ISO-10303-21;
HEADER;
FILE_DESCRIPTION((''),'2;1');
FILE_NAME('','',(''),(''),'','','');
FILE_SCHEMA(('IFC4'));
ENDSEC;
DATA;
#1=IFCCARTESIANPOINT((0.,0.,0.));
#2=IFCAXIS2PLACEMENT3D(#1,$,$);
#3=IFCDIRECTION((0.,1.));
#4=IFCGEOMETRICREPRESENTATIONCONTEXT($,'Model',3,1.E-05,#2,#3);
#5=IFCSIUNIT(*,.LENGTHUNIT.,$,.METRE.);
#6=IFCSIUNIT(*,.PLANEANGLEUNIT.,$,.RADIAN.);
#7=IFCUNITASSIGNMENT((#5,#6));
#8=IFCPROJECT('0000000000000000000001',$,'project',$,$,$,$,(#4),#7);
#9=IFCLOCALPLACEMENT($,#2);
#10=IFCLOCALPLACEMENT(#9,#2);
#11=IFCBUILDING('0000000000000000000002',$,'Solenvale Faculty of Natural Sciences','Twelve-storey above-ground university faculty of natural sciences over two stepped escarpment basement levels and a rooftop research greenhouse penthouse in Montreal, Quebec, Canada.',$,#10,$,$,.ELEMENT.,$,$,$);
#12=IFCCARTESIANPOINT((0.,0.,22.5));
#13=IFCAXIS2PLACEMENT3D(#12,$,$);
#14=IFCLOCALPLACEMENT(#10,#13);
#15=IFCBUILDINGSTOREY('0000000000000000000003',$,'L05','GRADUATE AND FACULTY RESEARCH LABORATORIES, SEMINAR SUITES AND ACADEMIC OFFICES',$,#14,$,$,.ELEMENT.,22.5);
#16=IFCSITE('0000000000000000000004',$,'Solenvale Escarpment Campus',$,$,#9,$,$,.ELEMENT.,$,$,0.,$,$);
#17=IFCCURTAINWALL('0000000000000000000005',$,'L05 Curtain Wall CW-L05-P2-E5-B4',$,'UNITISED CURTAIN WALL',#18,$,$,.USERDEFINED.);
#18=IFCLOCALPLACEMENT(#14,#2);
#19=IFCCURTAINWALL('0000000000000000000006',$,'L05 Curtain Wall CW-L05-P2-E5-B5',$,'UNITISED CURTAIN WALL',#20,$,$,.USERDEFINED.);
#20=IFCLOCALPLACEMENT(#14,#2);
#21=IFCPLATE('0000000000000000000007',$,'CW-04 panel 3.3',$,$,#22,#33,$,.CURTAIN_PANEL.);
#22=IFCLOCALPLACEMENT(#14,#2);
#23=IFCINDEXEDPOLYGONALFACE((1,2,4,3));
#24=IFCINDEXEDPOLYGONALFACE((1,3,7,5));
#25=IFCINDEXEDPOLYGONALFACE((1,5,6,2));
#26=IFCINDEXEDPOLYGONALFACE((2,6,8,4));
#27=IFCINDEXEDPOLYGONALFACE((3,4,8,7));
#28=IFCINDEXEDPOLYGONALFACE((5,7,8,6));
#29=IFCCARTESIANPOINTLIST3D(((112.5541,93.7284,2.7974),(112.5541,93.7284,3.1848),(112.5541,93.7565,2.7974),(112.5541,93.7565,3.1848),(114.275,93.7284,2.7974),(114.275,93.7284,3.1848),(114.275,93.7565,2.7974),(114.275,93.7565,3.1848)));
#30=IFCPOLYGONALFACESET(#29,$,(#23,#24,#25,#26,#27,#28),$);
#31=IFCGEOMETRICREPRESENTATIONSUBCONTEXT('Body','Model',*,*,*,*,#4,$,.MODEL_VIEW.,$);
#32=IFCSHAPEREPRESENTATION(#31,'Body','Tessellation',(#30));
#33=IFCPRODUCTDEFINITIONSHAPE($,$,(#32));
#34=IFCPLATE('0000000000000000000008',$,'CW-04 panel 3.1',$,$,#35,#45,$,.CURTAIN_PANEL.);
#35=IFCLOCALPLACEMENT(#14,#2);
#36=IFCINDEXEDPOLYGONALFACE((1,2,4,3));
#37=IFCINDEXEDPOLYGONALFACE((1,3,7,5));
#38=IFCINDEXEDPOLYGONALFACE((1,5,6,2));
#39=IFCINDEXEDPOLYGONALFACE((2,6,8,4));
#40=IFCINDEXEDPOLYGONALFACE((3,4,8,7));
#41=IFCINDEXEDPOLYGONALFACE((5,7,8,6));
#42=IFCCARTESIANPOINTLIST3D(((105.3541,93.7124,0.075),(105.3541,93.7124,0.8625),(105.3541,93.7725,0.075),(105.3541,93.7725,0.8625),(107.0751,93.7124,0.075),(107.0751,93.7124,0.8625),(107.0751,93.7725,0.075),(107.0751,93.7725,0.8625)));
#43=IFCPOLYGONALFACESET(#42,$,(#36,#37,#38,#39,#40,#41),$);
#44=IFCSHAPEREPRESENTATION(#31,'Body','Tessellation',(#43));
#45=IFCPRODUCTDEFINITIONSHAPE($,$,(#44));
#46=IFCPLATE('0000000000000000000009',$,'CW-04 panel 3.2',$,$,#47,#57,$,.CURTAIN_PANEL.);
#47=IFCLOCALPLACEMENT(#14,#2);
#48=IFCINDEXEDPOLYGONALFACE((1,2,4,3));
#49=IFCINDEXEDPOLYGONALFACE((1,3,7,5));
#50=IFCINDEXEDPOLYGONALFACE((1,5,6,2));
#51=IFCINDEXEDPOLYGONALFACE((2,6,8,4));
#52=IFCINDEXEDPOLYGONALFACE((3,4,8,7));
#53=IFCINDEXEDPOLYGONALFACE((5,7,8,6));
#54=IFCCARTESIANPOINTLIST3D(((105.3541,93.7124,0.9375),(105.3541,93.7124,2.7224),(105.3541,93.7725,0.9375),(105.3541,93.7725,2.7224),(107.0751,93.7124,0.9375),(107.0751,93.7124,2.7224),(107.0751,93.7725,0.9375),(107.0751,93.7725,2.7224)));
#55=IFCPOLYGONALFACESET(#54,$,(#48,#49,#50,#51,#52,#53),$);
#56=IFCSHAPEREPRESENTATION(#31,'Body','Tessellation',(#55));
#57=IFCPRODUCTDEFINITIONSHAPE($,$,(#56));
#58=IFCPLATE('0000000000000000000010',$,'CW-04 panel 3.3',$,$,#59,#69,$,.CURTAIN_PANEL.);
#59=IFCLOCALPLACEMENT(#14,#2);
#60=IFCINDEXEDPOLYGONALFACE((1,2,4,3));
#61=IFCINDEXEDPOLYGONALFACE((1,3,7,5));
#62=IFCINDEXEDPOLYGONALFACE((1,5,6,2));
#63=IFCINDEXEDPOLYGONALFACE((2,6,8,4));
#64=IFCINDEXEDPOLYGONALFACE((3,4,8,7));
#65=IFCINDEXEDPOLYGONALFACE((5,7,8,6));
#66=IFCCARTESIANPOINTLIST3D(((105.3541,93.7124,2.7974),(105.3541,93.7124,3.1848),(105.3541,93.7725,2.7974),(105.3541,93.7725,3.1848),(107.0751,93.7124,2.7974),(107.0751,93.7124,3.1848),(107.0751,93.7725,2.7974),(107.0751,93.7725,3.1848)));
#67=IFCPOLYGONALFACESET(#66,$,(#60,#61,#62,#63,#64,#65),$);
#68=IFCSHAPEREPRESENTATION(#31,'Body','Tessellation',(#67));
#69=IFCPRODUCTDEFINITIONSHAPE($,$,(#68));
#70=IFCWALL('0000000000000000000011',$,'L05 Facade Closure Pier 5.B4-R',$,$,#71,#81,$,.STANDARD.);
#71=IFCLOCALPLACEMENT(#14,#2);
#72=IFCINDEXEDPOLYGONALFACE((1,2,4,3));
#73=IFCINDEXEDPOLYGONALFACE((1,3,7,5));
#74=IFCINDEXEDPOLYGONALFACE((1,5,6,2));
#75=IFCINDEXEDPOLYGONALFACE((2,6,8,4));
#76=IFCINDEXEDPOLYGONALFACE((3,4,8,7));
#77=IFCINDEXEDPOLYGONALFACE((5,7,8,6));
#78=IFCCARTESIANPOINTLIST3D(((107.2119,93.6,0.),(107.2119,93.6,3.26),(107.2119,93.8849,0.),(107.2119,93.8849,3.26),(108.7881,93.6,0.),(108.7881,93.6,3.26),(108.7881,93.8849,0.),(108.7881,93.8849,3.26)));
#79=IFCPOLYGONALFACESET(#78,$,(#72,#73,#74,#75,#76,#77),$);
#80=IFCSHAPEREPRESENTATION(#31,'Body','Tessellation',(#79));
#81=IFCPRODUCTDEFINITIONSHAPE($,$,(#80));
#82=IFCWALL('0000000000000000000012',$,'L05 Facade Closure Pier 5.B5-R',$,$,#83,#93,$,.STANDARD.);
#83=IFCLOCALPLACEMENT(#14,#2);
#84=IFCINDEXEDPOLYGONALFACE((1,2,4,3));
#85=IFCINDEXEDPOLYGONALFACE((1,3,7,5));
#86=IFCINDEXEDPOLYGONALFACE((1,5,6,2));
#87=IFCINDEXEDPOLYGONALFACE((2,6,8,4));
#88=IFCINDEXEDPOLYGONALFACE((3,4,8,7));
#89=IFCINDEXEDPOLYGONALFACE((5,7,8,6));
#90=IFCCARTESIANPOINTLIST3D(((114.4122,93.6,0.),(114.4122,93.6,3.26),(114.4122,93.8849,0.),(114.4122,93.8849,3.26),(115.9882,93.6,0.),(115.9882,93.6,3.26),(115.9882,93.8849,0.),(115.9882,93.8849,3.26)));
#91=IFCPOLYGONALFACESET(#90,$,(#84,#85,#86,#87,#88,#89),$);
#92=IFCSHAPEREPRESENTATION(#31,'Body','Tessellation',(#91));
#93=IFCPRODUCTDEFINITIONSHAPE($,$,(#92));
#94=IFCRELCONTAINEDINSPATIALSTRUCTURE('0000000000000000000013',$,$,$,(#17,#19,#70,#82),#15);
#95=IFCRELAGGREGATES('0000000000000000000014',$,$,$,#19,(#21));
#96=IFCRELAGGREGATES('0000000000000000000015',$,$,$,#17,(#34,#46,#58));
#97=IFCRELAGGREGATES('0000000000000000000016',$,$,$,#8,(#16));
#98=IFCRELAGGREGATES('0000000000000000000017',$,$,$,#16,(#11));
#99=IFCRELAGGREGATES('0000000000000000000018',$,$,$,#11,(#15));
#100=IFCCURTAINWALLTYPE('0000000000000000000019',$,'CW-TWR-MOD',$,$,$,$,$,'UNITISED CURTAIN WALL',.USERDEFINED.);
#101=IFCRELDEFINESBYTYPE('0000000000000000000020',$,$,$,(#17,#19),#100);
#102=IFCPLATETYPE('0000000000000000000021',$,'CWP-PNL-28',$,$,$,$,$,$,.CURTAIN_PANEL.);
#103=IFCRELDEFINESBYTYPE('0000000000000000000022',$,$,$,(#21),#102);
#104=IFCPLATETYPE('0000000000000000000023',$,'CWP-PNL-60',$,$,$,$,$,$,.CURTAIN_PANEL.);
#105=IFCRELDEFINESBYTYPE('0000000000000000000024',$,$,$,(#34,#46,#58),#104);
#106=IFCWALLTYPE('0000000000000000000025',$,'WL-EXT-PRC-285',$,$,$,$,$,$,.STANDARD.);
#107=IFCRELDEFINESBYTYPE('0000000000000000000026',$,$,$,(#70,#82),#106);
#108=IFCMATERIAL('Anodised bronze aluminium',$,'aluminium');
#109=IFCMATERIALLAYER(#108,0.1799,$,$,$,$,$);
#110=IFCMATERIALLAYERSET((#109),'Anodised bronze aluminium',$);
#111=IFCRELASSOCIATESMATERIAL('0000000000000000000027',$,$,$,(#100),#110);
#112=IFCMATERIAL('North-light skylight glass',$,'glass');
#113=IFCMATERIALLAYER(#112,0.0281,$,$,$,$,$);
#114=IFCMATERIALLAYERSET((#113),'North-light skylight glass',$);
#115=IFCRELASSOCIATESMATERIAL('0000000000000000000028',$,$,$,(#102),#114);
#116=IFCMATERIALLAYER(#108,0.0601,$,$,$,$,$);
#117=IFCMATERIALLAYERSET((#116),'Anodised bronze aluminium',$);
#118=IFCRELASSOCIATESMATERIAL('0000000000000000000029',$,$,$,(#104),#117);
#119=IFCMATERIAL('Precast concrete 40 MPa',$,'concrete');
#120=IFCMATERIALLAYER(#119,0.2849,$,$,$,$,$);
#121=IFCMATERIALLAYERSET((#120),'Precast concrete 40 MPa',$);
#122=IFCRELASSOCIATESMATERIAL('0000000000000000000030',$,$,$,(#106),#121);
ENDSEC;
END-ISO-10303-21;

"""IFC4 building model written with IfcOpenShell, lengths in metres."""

from ifc_helpers import new_model, si_unit, direction, frame, frame_2d, origin, origin_2d, place, context, subcontext, project, spatial, rectangle, extrude, material, layer, layer_set, type_object, element, aggregate, save


model = new_model("IFC4")

# Units and contexts
model_context = context("Model", 3, precision=1e-05, world=origin(), true_north=direction((0.0, 1.0)))
body_context = subcontext(model_context, "Body", "Model", "MODEL_VIEW")
ifc_project = project(units=[si_unit("LENGTHUNIT", "METRE"), si_unit("PLANEANGLEUNIT", "RADIAN")], contexts=[model_context])

# Site, building, storey
site_placement = place(None, origin())
site = spatial("IfcSite", under=ifc_project, at=site_placement, Name="Solenvale Escarpment Campus", CompositionType="ELEMENT", RefElevation=0.0)
building_placement = place(site_placement, origin())
building = spatial("IfcBuilding", under=site, at=building_placement, Name="Solenvale Faculty of Natural Sciences", Description="Twelve-storey above-ground university faculty of natural sciences over two stepped escarpment basement levels and a rooftop research greenhouse penthouse in Montreal, Quebec, Canada.", CompositionType="ELEMENT")
storey_placement = place(building_placement, frame((0.0, 0.0, 22.5)))
storey = spatial("IfcBuildingStorey", under=building, at=storey_placement, Name="L05", Description="GRADUATE AND FACULTY RESEARCH LABORATORIES, SEMINAR SUITES AND ACADEMIC OFFICES", CompositionType="ELEMENT", Elevation=22.5)

# Curtain wall
ifc_material_1 = material(Name="Anodised bronze aluminium", Category="aluminium")
ifc_layer_1 = layer(ifc_material_1, 0.1799)
ifc_layer_set_1 = layer_set([ifc_layer_1], Name="Anodised bronze aluminium")
curtain_wall_type = type_object("IfcCurtainWallType", Name="CW-TWR-MOD", ElementType="UNITISED CURTAIN WALL", PredefinedType="USERDEFINED", material=ifc_layer_set_1)
curtain_wall_1_placement = place(storey_placement, origin())
curtain_wall_1 = element("IfcCurtainWall", 1, at=curtain_wall_1_placement, inside=storey, type_object=curtain_wall_type, Name="L05 Curtain Wall CW-L05-P2-E5-B4", ObjectType="UNITISED CURTAIN WALL", PredefinedType="USERDEFINED")

# Curtain wall
curtain_wall_2_placement = place(storey_placement, origin())
curtain_wall_2 = element("IfcCurtainWall", 2, at=curtain_wall_2_placement, inside=storey, type_object=curtain_wall_type, Name="L05 Curtain Wall CW-L05-P2-E5-B5", ObjectType="UNITISED CURTAIN WALL", PredefinedType="USERDEFINED")

# Plates
ifc_material_2 = material(Name="North-light skylight glass", Category="glass")
ifc_layer_2 = layer(ifc_material_2, 0.0281)
ifc_layer_set_2 = layer_set([ifc_layer_2], Name="North-light skylight glass")
plate_type_1 = type_object("IfcPlateType", Name="CWP-PNL-28", PredefinedType="CURTAIN_PANEL", material=ifc_layer_set_2)
plate_1_placement = place(storey_placement, frame((113.4146, 93.7424, 2.7974), z_axis=(0.0, 0.0, 1.0), x_axis=(1.0, 0.0, 0.0)))
plate_1 = element("IfcPlate", 3, at=plate_1_placement, type_object=plate_type_1, Name="CW-04 panel 3.3", PredefinedType="CURTAIN_PANEL", context=body_context, shape_type="SweptSolid", body=[
    extrude(rectangle(XDim=1.7209, YDim=0.0281, at=origin_2d()), origin(), (0.0, 0.0, 1.0), 0.3875),
])
aggregate(curtain_wall_2, [plate_1])
ifc_layer_3 = layer(ifc_material_1, 0.0601)
ifc_layer_set_3 = layer_set([ifc_layer_3], Name="Anodised bronze aluminium")
plate_type_2 = type_object("IfcPlateType", Name="CWP-PNL-60", PredefinedType="CURTAIN_PANEL", material=ifc_layer_set_3)
plate_2_placement = place(storey_placement, frame((106.2146, 93.7424, 0.075), z_axis=(0.0, 0.0, 1.0), x_axis=(1.0, 0.0, 0.0)))
plate_2 = element("IfcPlate", 4, at=plate_2_placement, type_object=plate_type_2, Name="CW-04 panel 3.1", PredefinedType="CURTAIN_PANEL", context=body_context, shape_type="SweptSolid", body=[
    extrude(rectangle(XDim=1.7209, YDim=0.0601, at=origin_2d()), origin(), (0.0, 0.0, 1.0), 0.7876),
])
plate_3_placement = place(storey_placement, frame((106.2146, 93.7424, 0.9375), z_axis=(0.0, 0.0, 1.0), x_axis=(1.0, 0.0, 0.0)))
plate_3 = element("IfcPlate", 5, at=plate_3_placement, type_object=plate_type_2, Name="CW-04 panel 3.2", PredefinedType="CURTAIN_PANEL", context=body_context, shape_type="SweptSolid", body=[
    extrude(rectangle(XDim=1.7209, YDim=0.0601, at=origin_2d()), origin(), (0.0, 0.0, 1.0), 1.7849),
])
plate_4_placement = place(storey_placement, frame((106.2146, 93.7424, 2.7974), z_axis=(0.0, 0.0, 1.0), x_axis=(1.0, 0.0, 0.0)))
plate_4 = element("IfcPlate", 6, at=plate_4_placement, type_object=plate_type_2, Name="CW-04 panel 3.3", PredefinedType="CURTAIN_PANEL", context=body_context, shape_type="SweptSolid", body=[
    extrude(rectangle(XDim=1.7209, YDim=0.0601, at=origin_2d()), origin(), (0.0, 0.0, 1.0), 0.3875),
])
aggregate(curtain_wall_1, [plate_2, plate_3, plate_4])

# Walls
ifc_material_3 = material(Name="Precast concrete 40 MPa", Category="concrete")
ifc_layer_4 = layer(ifc_material_3, 0.2849)
ifc_layer_set_4 = layer_set([ifc_layer_4], Name="Precast concrete 40 MPa")
wall_type = type_object("IfcWallType", Name="WL-EXT-PRC-285", PredefinedType="STANDARD", material=ifc_layer_set_4)
wall_1_placement = place(storey_placement, frame((107.2119, 93.7424, 0.0), z_axis=(0.0, 0.0, 1.0), x_axis=(1.0, 0.0, 0.0)))
element("IfcWall", 7, at=wall_1_placement, inside=storey, type_object=wall_type, Name="L05 Facade Closure Pier 5.B4-R", PredefinedType="STANDARD", context=body_context, shape_type="SweptSolid", body=[
    extrude(rectangle(XDim=1.5762, YDim=0.2849, at=frame_2d((0.7881, 0.0))), origin(), (0.0, 0.0, 1.0), 3.26),
])
wall_2_placement = place(storey_placement, frame((114.4121, 93.7424, 0.0), z_axis=(0.0, 0.0, 1.0), x_axis=(1.0, 0.0, 0.0)))
element("IfcWall", 8, at=wall_2_placement, inside=storey, type_object=wall_type, Name="L05 Facade Closure Pier 5.B5-R", PredefinedType="STANDARD", context=body_context, shape_type="SweptSolid", body=[
    extrude(rectangle(XDim=1.5759, YDim=0.2849, at=frame_2d((0.7881, 0.0))), origin(), (0.0, 0.0, 1.0), 3.26),
])

save(model, "model.ifc")
